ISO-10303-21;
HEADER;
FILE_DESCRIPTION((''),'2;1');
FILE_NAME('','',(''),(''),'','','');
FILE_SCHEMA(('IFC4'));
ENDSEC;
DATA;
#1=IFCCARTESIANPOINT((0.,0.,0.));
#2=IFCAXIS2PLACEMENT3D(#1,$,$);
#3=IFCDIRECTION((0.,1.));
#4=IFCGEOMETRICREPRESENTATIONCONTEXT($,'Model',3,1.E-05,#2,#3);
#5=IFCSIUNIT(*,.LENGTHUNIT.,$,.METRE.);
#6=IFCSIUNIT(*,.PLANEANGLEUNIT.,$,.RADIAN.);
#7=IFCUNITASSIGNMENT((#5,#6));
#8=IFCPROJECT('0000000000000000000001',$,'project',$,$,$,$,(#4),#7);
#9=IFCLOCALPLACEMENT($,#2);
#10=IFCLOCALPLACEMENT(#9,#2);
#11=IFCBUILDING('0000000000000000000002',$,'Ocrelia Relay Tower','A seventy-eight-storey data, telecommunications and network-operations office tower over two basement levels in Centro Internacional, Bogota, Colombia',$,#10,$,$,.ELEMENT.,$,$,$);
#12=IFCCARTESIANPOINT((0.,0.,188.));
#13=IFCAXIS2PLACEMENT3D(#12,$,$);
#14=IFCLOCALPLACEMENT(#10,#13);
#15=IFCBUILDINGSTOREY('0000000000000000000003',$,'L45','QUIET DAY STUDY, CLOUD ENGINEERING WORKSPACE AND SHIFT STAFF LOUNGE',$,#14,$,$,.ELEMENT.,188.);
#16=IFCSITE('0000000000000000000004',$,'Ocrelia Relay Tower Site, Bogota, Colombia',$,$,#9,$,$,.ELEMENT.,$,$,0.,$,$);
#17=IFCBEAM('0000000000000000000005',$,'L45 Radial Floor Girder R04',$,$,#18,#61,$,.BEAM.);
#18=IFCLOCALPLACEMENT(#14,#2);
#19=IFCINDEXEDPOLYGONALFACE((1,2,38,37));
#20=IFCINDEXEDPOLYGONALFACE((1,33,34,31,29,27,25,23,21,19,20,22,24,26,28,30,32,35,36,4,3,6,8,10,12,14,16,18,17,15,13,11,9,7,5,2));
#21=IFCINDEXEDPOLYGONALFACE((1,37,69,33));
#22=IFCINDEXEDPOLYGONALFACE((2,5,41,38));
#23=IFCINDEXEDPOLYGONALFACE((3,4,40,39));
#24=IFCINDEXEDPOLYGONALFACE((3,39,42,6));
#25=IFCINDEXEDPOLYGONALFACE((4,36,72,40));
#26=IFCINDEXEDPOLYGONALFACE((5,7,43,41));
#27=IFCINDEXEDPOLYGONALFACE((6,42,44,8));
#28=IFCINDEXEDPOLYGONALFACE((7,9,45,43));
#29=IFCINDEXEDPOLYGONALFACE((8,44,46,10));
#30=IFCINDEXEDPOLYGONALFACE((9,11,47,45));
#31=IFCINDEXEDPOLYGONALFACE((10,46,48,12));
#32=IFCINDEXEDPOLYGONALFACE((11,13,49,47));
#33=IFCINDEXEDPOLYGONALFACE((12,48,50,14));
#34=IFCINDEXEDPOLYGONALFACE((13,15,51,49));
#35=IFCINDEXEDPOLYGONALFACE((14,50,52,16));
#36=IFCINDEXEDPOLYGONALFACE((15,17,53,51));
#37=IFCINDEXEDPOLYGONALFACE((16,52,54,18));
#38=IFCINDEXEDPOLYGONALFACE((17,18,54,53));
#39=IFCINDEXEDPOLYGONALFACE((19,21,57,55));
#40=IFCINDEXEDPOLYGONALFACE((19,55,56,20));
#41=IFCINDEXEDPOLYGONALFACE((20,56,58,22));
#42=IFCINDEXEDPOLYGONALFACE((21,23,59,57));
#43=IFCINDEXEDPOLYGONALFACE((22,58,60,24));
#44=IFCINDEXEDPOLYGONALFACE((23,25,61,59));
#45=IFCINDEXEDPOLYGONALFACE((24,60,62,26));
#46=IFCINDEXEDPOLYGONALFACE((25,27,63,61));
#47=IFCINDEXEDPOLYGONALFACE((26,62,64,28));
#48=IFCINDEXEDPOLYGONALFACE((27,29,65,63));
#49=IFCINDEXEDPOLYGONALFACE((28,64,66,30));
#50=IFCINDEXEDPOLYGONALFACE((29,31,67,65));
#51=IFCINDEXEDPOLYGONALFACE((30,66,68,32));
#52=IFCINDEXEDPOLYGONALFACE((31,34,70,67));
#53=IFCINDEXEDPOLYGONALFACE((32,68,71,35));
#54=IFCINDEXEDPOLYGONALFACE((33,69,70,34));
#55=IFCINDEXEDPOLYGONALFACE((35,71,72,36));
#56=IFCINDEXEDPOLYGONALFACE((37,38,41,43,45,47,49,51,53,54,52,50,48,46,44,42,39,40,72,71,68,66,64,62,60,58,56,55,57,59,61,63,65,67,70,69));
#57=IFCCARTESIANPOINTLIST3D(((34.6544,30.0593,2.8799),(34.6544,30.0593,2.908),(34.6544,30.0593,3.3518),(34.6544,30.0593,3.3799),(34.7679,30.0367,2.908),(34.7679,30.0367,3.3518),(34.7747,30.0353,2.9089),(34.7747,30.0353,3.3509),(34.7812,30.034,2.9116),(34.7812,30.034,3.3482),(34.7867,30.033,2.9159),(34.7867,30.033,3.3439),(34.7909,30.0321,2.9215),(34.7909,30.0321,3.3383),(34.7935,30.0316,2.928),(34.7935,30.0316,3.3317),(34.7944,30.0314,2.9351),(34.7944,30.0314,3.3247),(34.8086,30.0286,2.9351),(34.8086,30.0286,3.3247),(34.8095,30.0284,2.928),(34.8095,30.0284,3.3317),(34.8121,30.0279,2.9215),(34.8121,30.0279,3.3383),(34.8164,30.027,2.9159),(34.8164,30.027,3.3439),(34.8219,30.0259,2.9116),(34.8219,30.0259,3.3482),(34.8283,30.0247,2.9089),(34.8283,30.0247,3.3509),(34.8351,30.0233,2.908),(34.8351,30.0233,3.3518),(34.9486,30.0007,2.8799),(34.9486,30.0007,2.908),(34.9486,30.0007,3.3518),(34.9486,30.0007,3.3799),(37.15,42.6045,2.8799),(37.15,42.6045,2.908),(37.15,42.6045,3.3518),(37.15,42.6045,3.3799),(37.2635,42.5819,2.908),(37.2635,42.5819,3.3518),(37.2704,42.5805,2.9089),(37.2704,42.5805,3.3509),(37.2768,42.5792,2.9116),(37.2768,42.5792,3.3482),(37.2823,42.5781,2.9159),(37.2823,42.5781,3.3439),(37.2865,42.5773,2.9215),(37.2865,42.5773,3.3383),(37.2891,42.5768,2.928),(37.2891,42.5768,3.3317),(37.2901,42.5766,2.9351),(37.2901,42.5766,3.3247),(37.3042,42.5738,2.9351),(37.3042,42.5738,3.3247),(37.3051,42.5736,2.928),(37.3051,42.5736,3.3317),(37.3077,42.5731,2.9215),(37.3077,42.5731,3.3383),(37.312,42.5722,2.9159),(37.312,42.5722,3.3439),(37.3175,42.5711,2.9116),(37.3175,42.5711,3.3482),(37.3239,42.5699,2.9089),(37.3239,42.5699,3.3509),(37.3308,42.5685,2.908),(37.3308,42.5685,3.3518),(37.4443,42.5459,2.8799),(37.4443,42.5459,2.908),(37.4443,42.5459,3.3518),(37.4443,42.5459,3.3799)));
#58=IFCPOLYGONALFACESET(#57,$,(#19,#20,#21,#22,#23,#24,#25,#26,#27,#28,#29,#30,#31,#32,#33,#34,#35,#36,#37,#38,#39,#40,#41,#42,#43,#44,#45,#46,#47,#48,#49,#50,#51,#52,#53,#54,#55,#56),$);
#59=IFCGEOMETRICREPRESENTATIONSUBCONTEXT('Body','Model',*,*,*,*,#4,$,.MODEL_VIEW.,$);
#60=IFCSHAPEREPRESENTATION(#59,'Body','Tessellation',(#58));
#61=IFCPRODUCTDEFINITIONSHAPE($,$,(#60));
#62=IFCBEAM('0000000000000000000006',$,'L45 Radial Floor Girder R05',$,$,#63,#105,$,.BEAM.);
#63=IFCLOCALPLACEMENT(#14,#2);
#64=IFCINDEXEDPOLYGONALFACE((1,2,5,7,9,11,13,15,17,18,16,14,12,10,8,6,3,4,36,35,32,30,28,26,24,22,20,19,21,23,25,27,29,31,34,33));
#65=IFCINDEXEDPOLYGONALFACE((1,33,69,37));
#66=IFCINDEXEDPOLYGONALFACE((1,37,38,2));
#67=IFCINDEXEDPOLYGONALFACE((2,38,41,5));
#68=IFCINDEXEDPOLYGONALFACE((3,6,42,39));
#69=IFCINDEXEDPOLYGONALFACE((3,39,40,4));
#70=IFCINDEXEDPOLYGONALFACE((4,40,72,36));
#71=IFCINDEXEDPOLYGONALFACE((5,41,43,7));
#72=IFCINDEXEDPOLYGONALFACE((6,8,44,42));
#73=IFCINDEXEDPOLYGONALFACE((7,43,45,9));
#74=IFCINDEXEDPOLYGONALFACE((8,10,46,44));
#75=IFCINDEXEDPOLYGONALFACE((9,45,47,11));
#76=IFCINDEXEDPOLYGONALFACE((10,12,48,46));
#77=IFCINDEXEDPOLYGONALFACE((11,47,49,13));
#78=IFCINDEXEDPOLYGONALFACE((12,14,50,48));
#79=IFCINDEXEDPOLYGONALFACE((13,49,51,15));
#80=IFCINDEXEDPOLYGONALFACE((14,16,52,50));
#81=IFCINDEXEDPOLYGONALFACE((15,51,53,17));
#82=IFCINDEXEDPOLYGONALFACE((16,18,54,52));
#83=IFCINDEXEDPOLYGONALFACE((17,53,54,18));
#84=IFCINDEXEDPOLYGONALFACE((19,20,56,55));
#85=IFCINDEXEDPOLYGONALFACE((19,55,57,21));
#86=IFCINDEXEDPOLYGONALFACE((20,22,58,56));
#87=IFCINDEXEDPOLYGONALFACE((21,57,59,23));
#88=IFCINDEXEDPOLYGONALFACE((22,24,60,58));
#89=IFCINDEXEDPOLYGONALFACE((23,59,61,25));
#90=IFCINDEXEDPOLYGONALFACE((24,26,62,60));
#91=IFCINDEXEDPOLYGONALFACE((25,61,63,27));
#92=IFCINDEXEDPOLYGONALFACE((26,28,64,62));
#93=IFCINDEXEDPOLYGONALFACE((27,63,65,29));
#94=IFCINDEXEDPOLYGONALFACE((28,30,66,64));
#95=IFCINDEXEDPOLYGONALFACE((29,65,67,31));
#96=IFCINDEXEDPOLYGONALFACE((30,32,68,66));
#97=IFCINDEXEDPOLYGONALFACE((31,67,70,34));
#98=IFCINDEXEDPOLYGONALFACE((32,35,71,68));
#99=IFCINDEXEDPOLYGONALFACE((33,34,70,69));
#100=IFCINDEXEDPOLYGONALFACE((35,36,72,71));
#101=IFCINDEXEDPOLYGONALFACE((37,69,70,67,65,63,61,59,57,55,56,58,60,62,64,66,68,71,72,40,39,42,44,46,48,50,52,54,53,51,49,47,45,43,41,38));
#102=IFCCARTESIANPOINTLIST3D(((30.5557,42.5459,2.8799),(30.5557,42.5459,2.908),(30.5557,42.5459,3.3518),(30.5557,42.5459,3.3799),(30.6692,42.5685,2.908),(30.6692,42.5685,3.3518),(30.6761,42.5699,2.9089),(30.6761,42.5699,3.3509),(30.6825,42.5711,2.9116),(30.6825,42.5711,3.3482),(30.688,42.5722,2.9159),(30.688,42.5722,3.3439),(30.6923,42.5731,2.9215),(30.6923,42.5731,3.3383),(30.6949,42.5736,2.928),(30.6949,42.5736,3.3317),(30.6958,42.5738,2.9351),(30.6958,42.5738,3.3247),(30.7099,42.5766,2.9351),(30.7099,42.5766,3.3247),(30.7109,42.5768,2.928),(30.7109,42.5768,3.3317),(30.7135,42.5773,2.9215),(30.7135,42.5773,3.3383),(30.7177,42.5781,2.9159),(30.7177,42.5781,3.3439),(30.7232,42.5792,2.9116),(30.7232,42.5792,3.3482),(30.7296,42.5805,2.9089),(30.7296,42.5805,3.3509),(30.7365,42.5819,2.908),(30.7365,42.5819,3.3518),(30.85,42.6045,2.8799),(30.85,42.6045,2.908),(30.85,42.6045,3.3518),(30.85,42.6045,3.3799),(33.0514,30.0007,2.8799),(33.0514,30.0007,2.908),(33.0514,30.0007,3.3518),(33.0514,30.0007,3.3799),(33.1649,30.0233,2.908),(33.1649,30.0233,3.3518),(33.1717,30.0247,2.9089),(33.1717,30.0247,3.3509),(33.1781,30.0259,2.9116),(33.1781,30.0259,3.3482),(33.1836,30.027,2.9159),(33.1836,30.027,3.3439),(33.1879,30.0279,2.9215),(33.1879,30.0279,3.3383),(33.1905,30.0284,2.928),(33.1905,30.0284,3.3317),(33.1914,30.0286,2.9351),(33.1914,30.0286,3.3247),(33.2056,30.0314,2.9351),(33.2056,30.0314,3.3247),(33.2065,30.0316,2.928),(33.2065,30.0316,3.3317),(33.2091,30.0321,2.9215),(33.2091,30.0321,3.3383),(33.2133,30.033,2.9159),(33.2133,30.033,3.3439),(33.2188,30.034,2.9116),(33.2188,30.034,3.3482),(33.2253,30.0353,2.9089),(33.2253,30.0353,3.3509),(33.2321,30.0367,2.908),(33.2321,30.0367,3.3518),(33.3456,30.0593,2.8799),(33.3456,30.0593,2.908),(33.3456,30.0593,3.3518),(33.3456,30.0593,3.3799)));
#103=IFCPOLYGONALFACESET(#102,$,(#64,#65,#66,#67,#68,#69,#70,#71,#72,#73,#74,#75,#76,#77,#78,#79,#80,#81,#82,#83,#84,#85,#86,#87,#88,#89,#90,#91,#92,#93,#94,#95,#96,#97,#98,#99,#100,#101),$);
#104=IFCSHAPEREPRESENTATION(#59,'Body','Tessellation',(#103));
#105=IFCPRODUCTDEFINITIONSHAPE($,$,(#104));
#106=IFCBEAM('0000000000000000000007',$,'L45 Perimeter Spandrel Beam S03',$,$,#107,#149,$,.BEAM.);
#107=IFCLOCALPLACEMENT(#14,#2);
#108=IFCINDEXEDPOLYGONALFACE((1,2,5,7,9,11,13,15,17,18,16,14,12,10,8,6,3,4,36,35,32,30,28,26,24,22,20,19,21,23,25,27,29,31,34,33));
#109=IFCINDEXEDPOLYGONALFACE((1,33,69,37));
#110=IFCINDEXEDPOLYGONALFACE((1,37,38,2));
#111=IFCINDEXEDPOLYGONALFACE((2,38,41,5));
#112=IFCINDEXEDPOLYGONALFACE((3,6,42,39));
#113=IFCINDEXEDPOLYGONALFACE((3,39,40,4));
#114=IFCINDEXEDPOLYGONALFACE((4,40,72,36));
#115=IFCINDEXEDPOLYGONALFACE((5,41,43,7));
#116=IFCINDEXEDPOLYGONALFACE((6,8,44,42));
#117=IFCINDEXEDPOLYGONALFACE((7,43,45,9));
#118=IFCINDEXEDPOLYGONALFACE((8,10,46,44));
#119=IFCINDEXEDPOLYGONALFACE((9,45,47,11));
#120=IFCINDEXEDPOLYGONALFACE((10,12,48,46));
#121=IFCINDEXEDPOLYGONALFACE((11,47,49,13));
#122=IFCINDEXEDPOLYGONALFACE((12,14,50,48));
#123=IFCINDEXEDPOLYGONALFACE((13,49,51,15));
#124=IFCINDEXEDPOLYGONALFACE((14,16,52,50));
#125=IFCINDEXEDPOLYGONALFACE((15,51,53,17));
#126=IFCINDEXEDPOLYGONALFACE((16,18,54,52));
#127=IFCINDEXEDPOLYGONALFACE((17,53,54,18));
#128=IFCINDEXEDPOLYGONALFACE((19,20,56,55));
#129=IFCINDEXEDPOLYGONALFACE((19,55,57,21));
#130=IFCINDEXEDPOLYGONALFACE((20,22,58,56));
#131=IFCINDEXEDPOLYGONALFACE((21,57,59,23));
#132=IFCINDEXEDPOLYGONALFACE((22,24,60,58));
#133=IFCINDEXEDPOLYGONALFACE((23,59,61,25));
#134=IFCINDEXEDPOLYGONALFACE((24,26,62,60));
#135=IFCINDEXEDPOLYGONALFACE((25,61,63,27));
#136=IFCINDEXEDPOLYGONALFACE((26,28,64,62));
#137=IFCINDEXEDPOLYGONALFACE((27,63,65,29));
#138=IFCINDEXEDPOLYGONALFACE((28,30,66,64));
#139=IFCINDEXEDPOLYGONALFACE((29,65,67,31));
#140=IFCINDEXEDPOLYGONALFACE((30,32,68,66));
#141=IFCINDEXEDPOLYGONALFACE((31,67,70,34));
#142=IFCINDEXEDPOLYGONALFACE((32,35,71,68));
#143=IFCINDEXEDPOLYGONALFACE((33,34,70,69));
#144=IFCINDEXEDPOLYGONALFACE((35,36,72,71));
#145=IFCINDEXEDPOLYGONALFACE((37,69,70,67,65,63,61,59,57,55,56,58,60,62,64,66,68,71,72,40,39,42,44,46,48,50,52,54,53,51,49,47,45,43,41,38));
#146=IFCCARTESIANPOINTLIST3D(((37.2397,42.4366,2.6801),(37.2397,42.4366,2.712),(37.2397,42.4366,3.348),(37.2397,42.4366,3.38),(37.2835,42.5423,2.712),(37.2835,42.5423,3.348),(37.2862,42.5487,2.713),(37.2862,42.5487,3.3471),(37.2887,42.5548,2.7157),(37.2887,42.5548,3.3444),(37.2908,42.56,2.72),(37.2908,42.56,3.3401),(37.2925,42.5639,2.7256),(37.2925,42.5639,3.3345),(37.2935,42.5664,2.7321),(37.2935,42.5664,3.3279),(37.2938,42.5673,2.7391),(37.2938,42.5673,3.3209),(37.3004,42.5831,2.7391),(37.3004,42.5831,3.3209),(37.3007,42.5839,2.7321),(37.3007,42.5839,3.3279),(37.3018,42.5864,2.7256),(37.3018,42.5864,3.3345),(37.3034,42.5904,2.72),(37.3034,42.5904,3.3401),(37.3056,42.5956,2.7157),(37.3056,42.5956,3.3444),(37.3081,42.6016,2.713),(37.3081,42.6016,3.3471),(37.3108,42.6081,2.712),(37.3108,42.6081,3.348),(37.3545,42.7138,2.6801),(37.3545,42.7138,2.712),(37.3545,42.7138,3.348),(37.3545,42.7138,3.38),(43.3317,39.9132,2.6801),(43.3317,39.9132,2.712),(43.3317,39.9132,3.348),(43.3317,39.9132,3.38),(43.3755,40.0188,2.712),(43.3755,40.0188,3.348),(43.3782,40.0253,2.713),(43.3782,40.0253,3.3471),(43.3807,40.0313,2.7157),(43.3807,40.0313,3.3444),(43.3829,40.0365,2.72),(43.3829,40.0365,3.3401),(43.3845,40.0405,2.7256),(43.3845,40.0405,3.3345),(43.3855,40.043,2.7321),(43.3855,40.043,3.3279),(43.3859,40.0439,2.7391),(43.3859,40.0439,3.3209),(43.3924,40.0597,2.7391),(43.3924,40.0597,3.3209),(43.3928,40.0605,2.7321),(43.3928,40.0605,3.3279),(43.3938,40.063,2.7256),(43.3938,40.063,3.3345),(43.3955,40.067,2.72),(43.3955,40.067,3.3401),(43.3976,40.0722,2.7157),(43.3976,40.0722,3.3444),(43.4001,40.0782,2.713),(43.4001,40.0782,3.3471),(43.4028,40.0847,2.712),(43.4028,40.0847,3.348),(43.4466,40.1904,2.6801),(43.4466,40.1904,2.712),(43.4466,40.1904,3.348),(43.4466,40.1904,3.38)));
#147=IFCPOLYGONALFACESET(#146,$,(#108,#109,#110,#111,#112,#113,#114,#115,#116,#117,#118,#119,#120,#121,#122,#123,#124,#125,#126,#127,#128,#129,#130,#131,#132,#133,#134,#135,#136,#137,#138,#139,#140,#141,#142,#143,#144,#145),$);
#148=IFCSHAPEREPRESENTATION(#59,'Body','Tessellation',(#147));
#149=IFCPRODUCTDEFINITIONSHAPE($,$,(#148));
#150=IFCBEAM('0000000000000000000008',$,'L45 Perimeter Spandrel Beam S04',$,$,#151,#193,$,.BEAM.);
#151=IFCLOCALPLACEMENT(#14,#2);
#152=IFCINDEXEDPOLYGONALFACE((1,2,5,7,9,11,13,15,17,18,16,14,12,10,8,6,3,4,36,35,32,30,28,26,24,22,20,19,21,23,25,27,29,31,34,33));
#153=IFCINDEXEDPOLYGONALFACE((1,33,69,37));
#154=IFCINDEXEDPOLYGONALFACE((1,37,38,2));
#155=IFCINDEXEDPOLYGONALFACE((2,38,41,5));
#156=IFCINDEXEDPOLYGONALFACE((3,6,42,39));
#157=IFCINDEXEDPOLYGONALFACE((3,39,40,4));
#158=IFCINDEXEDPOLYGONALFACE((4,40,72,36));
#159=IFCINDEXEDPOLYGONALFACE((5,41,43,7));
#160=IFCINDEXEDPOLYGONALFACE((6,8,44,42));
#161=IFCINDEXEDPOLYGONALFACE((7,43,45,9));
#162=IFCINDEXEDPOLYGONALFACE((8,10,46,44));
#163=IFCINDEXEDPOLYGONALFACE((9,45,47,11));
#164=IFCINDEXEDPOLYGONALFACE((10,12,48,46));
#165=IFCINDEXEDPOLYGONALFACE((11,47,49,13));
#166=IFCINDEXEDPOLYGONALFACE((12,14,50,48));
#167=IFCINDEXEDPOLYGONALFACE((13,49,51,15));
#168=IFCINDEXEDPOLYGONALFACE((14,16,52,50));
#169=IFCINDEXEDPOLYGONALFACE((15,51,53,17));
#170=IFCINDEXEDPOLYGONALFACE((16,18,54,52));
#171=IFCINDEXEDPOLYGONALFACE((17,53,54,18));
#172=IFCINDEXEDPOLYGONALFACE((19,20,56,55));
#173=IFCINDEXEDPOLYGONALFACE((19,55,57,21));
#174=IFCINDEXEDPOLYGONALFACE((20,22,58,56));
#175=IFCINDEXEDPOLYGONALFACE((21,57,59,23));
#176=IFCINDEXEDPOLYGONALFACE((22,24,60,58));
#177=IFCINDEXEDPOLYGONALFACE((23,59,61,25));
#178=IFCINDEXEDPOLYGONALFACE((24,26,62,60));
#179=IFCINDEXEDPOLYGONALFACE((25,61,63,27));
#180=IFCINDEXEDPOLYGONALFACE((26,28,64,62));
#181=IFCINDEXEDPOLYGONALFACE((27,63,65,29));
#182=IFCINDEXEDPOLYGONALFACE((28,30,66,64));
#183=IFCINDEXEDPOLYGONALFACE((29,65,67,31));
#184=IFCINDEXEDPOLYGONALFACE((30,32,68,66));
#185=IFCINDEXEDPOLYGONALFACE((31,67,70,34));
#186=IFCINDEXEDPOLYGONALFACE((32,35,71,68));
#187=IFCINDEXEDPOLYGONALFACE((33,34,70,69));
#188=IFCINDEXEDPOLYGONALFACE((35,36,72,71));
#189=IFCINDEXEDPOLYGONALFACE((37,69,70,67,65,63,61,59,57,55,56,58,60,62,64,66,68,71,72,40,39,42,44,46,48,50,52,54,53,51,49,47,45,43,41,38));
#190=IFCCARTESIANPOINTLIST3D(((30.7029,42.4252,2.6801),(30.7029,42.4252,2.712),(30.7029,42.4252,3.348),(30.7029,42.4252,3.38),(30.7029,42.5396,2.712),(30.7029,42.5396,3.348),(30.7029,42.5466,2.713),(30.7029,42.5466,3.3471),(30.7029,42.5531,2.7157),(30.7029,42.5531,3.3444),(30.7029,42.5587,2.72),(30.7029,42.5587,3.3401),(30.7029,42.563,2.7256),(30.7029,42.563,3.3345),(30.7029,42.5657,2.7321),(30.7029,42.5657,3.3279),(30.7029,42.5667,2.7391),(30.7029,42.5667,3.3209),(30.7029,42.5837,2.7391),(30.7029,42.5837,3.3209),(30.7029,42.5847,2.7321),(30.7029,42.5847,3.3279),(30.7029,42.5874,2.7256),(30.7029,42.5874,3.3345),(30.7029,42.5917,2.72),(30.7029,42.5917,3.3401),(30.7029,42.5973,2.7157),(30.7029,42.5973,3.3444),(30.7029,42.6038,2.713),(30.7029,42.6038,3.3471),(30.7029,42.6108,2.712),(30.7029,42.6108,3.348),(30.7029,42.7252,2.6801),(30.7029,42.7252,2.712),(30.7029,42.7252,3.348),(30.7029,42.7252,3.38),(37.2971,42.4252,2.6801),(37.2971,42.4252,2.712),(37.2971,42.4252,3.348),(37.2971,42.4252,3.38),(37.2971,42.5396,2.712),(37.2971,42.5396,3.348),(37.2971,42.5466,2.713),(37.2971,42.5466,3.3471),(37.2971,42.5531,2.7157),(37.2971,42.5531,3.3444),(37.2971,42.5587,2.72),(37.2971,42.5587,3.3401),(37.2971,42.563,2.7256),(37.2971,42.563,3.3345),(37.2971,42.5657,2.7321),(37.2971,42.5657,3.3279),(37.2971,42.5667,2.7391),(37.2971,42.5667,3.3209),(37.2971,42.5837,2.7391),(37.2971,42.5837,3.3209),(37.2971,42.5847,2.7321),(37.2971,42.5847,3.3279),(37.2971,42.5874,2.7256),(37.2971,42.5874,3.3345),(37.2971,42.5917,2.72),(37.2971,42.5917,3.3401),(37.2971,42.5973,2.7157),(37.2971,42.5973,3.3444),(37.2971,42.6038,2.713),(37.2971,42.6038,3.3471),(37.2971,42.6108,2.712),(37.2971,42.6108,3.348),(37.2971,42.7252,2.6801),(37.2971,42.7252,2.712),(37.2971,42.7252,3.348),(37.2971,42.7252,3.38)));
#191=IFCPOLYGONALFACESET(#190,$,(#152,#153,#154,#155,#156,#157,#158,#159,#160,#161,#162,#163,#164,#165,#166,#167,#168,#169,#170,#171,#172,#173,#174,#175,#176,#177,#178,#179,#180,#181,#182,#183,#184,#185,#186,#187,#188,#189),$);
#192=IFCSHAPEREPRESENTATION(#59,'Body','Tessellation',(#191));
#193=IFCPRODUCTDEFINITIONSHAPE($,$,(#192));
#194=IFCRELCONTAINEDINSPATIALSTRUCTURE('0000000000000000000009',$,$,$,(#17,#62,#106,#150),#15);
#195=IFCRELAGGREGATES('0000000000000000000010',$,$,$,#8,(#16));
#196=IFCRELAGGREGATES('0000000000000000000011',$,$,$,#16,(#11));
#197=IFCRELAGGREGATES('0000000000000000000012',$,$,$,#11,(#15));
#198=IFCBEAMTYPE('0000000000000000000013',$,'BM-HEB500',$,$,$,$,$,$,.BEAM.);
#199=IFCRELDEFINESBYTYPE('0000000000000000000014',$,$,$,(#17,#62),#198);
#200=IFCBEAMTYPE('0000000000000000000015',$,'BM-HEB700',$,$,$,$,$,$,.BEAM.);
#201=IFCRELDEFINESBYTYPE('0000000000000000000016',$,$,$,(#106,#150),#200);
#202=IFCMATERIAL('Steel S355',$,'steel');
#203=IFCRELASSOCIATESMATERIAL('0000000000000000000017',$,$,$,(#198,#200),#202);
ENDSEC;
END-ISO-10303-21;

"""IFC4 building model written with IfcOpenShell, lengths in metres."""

from ifc_helpers import new_model, si_unit, direction, frame, origin, origin_2d, place, context, subcontext, project, spatial, i_section, extrude, material, material_profile, profile_set, type_object, element, save


model = new_model("IFC4")

# Units and contexts
model_context = context("Model", 3, precision=1e-05, world=origin(), true_north=direction((0.0, 1.0)))
body_context = subcontext(model_context, "Body", "Model", "MODEL_VIEW")
ifc_project = project(units=[si_unit("LENGTHUNIT", "METRE"), si_unit("PLANEANGLEUNIT", "RADIAN")], contexts=[model_context])

# Site, building, storey
site_placement = place(None, origin())
site = spatial("IfcSite", under=ifc_project, at=site_placement, Name="Ocrelia Relay Tower Site, Bogota, Colombia", CompositionType="ELEMENT", RefElevation=0.0)
building_placement = place(site_placement, origin())
building = spatial("IfcBuilding", under=site, at=building_placement, Name="Ocrelia Relay Tower", Description="A seventy-eight-storey data, telecommunications and network-operations office tower over two basement levels in Centro Internacional, Bogota, Colombia", CompositionType="ELEMENT")
storey_placement = place(building_placement, frame((0.0, 0.0, 188.0)))
storey = spatial("IfcBuildingStorey", under=building, at=storey_placement, Name="L45", Description="QUIET DAY STUDY, CLOUD ENGINEERING WORKSPACE AND SHIFT STAFF LOUNGE", CompositionType="ELEMENT", Elevation=188.0)

# Beams
ifc_material_1 = material(Name="Steel S355", Category="steel")
ifc_material_profile_1 = material_profile(ifc_material_1, i_section(OverallWidth=0.3, OverallDepth=0.5, WebThickness=0.0144, FlangeThickness=0.0281, FilletRadius=0.0271, at=origin_2d()), Name="HEB 500")
ifc_profile_set_1 = profile_set([ifc_material_profile_1], Name="Steel S355")
beam_type_1 = type_object("IfcBeamType", Name="BM-HEB500", PredefinedType="BEAM", material=ifc_profile_set_1)
for number, where, z_axis, x_axis, name in (
    (1, (37.2971, 42.5752, 3.1299), (-0.195107, -0.980782, 0.0), (0.980782, -0.195107, 0.0), "L45 Radial Floor Girder R04"),
    (2, (30.7029, 42.5752, 3.1299), (0.195107, -0.980782, 0.0), (0.980782, 0.195107, 0.0), "L45 Radial Floor Girder R05"),
):
    element("IfcBeam", number, at=place(storey_placement, frame(where, z_axis=z_axis, x_axis=x_axis)), inside=storey, type_object=beam_type_1, Name=name, PredefinedType="BEAM", context=body_context, shape_type="SweptSolid", body=[
        extrude(i_section(OverallWidth=0.3, OverallDepth=0.5, WebThickness=0.0144, FlangeThickness=0.0281, FilletRadius=0.0271, at=origin_2d()), origin(), (0.0, 0.0, 1.0), 12.791),
    ])
ifc_material_profile_2 = material_profile(ifc_material_1, i_section(OverallWidth=0.3, OverallDepth=0.7, WebThickness=0.0171, FlangeThickness=0.032, FilletRadius=0.0271, at=origin_2d()), Name="HEB 700")
ifc_profile_set_2 = profile_set([ifc_material_profile_2], Name="Steel S355")
beam_type_2 = type_object("IfcBeamType", Name="BM-HEB700", PredefinedType="BEAM", material=ifc_profile_set_2)
beam_1_placement = place(storey_placement, frame((43.3892, 40.0518, 3.03), z_axis=(-0.923878, 0.382688, 0.0), x_axis=(-0.382688, -0.923878, 0.0)))
element("IfcBeam", 3, at=beam_1_placement, inside=storey, type_object=beam_type_2, Name="L45 Perimeter Spandrel Beam S03", PredefinedType="BEAM", context=body_context, shape_type="SweptSolid", body=[
    extrude(i_section(OverallWidth=0.3, OverallDepth=0.7, WebThickness=0.0171, FlangeThickness=0.032, FilletRadius=0.0271, at=origin_2d()), origin(), (0.0, 0.0, 1.0), 6.594),
])
beam_2_placement = place(storey_placement, frame((37.2971, 42.5752, 3.03), z_axis=(-1.0, 0.0, 0.0), x_axis=(0.0, -1.0, 0.0)))
element("IfcBeam", 4, at=beam_2_placement, inside=storey, type_object=beam_type_2, Name="L45 Perimeter Spandrel Beam S04", PredefinedType="BEAM", context=body_context, shape_type="SweptSolid", body=[
    extrude(i_section(OverallWidth=0.3, OverallDepth=0.7, WebThickness=0.0171, FlangeThickness=0.032, FilletRadius=0.0271, at=origin_2d()), origin(), (0.0, 0.0, 1.0), 6.5942),
])

save(model, "model.ifc")
